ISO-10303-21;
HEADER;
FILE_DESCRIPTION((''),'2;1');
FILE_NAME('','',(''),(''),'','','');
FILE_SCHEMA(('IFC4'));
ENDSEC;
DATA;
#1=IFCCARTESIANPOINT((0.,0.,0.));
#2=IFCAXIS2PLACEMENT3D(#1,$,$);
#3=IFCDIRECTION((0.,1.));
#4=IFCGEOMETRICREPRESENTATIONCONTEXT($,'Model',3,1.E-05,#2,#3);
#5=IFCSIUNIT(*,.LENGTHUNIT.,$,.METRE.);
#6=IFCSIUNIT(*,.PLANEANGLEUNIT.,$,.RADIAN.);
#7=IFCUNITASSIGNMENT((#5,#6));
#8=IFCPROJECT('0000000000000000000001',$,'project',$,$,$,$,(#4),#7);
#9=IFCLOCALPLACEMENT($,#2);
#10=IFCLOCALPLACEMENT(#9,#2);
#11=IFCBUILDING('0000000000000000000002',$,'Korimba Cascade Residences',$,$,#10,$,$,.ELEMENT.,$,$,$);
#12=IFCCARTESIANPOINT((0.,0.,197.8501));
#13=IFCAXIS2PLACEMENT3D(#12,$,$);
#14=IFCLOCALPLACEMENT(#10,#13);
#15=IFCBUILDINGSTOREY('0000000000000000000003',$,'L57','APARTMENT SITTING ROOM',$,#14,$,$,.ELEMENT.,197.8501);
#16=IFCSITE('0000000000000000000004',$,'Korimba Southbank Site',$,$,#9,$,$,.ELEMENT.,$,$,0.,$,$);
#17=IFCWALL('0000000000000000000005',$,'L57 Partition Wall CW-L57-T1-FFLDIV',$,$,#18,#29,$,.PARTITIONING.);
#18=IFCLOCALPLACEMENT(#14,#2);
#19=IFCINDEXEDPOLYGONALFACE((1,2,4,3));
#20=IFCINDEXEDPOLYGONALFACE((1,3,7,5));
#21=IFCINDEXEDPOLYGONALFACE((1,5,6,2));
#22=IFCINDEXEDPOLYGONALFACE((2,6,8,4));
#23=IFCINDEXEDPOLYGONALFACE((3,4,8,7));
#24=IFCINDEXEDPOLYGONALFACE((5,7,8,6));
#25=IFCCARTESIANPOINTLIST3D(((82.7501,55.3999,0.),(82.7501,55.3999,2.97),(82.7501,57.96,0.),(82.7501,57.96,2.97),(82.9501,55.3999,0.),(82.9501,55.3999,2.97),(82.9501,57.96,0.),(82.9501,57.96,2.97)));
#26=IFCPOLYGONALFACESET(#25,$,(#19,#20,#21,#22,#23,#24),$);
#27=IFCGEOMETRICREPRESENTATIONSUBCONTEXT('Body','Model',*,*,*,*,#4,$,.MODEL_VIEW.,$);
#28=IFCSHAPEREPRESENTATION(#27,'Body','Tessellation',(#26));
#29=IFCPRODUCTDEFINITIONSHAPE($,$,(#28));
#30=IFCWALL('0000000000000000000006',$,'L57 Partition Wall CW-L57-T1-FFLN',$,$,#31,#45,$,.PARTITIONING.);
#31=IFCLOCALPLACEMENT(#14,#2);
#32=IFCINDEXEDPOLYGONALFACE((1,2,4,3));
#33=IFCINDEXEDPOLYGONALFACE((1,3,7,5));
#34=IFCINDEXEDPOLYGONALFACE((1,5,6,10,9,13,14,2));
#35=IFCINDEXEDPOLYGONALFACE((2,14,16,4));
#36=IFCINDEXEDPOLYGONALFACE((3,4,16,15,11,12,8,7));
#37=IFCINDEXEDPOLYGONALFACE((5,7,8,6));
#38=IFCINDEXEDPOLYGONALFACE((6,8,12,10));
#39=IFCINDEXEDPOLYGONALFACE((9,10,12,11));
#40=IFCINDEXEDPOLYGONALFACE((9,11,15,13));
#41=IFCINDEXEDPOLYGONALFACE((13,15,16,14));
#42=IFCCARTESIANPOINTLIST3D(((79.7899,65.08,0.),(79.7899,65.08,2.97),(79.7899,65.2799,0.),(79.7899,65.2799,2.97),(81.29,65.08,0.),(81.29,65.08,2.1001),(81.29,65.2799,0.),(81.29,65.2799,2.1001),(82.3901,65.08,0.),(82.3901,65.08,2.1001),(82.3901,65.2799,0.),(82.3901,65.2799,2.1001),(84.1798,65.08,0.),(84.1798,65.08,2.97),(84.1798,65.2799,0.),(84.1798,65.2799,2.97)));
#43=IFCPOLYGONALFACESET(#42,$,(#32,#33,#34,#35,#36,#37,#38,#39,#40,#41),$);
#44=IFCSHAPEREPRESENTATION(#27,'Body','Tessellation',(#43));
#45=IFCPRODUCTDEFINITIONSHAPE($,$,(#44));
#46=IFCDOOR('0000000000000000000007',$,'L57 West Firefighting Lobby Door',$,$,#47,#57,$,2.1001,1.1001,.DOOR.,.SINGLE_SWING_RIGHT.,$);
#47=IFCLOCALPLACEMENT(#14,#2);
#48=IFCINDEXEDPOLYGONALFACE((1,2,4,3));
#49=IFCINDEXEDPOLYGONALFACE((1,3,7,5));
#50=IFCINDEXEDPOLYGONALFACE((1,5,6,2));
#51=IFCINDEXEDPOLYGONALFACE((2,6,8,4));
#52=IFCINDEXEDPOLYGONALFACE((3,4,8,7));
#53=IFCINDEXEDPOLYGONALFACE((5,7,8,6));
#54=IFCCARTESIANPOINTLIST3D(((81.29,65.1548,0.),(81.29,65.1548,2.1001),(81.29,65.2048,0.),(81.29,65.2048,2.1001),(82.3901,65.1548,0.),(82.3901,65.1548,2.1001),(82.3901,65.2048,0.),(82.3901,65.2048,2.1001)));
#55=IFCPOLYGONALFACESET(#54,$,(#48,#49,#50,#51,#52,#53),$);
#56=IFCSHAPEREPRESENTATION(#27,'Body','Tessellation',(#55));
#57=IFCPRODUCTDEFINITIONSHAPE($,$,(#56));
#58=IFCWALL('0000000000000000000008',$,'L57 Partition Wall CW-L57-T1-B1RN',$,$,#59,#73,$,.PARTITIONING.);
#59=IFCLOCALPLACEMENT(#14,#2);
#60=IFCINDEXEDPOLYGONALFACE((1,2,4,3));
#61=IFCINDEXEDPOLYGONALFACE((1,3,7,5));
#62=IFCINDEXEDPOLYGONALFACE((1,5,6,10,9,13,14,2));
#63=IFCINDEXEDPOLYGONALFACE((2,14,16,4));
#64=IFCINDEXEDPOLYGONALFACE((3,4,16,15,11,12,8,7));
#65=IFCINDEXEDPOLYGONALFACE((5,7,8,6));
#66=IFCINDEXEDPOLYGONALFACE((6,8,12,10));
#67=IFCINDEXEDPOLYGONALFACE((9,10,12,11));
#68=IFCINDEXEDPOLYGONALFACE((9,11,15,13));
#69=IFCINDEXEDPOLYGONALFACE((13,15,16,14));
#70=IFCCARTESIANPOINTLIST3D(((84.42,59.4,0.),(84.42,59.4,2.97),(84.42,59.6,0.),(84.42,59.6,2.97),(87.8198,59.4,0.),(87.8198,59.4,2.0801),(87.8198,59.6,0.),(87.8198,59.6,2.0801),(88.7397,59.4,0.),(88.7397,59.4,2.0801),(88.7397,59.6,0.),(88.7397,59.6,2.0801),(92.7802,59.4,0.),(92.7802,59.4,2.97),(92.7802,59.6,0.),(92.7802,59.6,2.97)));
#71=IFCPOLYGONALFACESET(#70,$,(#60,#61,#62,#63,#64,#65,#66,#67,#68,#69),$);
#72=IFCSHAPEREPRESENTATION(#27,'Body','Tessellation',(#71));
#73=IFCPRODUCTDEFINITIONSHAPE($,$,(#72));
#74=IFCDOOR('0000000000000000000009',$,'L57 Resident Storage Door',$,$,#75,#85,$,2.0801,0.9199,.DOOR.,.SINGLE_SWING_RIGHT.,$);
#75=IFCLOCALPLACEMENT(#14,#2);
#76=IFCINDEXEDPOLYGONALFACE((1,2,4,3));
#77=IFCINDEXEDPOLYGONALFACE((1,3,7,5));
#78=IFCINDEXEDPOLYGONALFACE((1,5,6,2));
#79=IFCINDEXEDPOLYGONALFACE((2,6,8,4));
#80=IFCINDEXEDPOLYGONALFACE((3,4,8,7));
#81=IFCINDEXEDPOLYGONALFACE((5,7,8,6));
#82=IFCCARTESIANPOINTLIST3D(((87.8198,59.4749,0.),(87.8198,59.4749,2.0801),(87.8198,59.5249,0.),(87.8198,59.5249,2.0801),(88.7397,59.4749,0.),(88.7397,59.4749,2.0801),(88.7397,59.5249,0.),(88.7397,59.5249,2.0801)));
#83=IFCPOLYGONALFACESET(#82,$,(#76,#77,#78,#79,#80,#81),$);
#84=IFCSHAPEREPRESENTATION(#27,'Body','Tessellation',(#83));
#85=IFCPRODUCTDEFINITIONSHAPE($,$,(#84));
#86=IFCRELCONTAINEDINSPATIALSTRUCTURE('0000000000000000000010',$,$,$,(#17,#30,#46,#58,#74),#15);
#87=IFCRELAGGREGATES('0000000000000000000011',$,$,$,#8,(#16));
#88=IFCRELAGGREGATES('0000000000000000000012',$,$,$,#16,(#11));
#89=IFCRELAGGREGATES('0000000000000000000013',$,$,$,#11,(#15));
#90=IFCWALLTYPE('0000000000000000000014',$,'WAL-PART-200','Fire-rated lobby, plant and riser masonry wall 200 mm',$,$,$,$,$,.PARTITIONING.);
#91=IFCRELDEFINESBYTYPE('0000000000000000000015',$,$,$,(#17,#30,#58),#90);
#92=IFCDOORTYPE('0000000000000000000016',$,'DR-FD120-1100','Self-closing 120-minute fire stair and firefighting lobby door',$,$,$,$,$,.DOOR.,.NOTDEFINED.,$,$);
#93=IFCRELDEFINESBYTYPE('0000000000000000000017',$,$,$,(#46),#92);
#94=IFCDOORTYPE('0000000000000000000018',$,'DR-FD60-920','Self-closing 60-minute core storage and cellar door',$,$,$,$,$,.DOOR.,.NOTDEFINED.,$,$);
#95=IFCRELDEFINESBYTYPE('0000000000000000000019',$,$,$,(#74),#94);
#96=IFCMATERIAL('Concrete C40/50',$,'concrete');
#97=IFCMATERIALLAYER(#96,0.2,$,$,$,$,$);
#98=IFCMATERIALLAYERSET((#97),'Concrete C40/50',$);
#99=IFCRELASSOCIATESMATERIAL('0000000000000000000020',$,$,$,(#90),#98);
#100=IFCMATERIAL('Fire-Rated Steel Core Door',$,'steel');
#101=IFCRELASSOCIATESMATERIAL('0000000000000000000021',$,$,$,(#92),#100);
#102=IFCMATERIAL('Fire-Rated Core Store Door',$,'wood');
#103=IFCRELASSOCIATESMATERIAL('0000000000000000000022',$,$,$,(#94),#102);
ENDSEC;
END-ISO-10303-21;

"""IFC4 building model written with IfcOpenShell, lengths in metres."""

from ifc_helpers import new_model, si_unit, direction, frame, frame_2d, origin, place, context, subcontext, project, spatial, rectangle, extrude, material, layer, layer_set, type_object, element, fill, save


model = new_model("IFC4")

# Units and contexts
model_context = context("Model", 3, precision=1e-05, world=origin(), true_north=direction((0.0, 1.0)))
body_context = subcontext(model_context, "Body", "Model", "MODEL_VIEW")
ifc_project = project(units=[si_unit("LENGTHUNIT", "METRE"), si_unit("PLANEANGLEUNIT", "RADIAN")], contexts=[model_context])

# Site, building, storey
site_placement = place(None, origin())
site = spatial("IfcSite", under=ifc_project, at=site_placement, Name="Korimba Southbank Site", CompositionType="ELEMENT", RefElevation=0.0)
building_placement = place(site_placement, origin())
building = spatial("IfcBuilding", under=site, at=building_placement, Name="Korimba Cascade Residences", CompositionType="ELEMENT")
storey_placement = place(building_placement, frame((0.0, 0.0, 197.8501)))
storey = spatial("IfcBuildingStorey", under=building, at=storey_placement, Name="L57", Description="APARTMENT SITTING ROOM", CompositionType="ELEMENT", Elevation=197.8501)

# Wall
ifc_material_1 = material(Name="Concrete C40/50", Category="concrete")
ifc_layer_1 = layer(ifc_material_1, 0.2)
ifc_layer_set_1 = layer_set([ifc_layer_1], Name="Concrete C40/50")
wall_type_1 = type_object("IfcWallType", Name="WAL-PART-200", Description="Fire-rated lobby, plant and riser masonry wall 200 mm", PredefinedType="PARTITIONING", material=ifc_layer_set_1)
wall_1_placement = place(storey_placement, frame((82.8501, 55.3999, 0.0), z_axis=(0.0, 0.0, 1.0), x_axis=(0.0, 1.0, 0.0)))
element("IfcWall", 1, at=wall_1_placement, inside=storey, type_object=wall_type_1, Name="L57 Partition Wall CW-L57-T1-FFLDIV", PredefinedType="PARTITIONING", context=body_context, shape_type="SweptSolid", body=[
    extrude(rectangle(XDim=2.5601, YDim=0.2, at=frame_2d((1.28, 0.0))), origin(), (0.0, 0.0, 1.0), 2.97),
])

# Walls, openings, doors
wall_2_placement = place(storey_placement, frame((79.79, 65.1799, 0.0), z_axis=(0.0, 0.0, 1.0), x_axis=(1.0, 0.0, 0.0)))
wall_2 = element("IfcWall", 2, at=wall_2_placement, inside=storey, type_object=wall_type_1, Name="L57 Partition Wall CW-L57-T1-FFLN", PredefinedType="PARTITIONING", context=body_context, shape_type="SweptSolid", body=[
    extrude(rectangle(XDim=4.3899, YDim=0.2, at=frame_2d((2.1948, 0.0))), origin(), (0.0, 0.0, 1.0), 2.97),
])
opening_1_placement = place(wall_2_placement, frame((1.5, 0.0, 0.0)))
opening_1 = element("IfcOpeningElement", 3, at=opening_1_placement, cuts=wall_2, PredefinedType="OPENING", context=body_context, shape_type="SweptSolid", body=[
    extrude(rectangle(XDim=1.1001, YDim=2.1001, at=frame_2d((0.55, 1.05))), frame((0.0, 0.1099, 0.0), z_axis=(0.0, -1.0, 0.0), x_axis=(1.0, 0.0, 0.0)), (0.0, 0.0, 1.0), 0.22),
])
ifc_material_2 = material(Name="Fire-Rated Steel Core Door", Category="steel")
door_type_1 = type_object("IfcDoorType", Name="DR-FD120-1100", Description="Self-closing 120-minute fire stair and firefighting lobby door", OperationType="NOTDEFINED", PredefinedType="DOOR", material=ifc_material_2)
door_1_placement = place(opening_1_placement, origin())
door_1 = element("IfcDoor", 4, at=door_1_placement, inside=storey, type_object=door_type_1, Name="L57 West Firefighting Lobby Door", OperationType="SINGLE_SWING_RIGHT", OverallHeight=2.1001, OverallWidth=1.1001, PredefinedType="DOOR", context=body_context, shape_type="SweptSolid", body=[
    extrude(rectangle(XDim=1.1001, YDim=2.1001, at=frame_2d((0.55, 1.05))), frame((0.0, 0.0249, 0.0), z_axis=(0.0, -1.0, 0.0), x_axis=(1.0, 0.0, 0.0)), (0.0, 0.0, 1.0), 0.05),
])
fill(opening_1, door_1)
wall_3_placement = place(storey_placement, frame((84.4199, 59.5, 0.0), z_axis=(0.0, 0.0, 1.0), x_axis=(1.0, 0.0, 0.0)))
wall_3 = element("IfcWall", 5, at=wall_3_placement, inside=storey, type_object=wall_type_1, Name="L57 Partition Wall CW-L57-T1-B1RN", PredefinedType="PARTITIONING", context=body_context, shape_type="SweptSolid", body=[
    extrude(rectangle(XDim=8.3601, YDim=0.2, at=frame_2d((4.1802, 0.0))), origin(), (0.0, 0.0, 1.0), 2.97),
])
opening_2_placement = place(wall_3_placement, frame((3.3999, 0.0, 0.0)))
opening_2 = element("IfcOpeningElement", 6, at=opening_2_placement, cuts=wall_3, PredefinedType="OPENING", context=body_context, shape_type="SweptSolid", body=[
    extrude(rectangle(XDim=0.9199, YDim=2.0801, at=frame_2d((0.46, 1.04))), frame((0.0, 0.1099, 0.0), z_axis=(0.0, -1.0, 0.0), x_axis=(1.0, 0.0, 0.0)), (0.0, 0.0, 1.0), 0.22),
])
ifc_material_3 = material(Name="Fire-Rated Core Store Door", Category="wood")
door_type_2 = type_object("IfcDoorType", Name="DR-FD60-920", Description="Self-closing 60-minute core storage and cellar door", OperationType="NOTDEFINED", PredefinedType="DOOR", material=ifc_material_3)
door_2_placement = place(opening_2_placement, origin())
door_2 = element("IfcDoor", 7, at=door_2_placement, inside=storey, type_object=door_type_2, Name="L57 Resident Storage Door", OperationType="SINGLE_SWING_RIGHT", OverallHeight=2.0801, OverallWidth=0.9199, PredefinedType="DOOR", context=body_context, shape_type="SweptSolid", body=[
    extrude(rectangle(XDim=0.9199, YDim=2.0801, at=frame_2d((0.46, 1.04))), frame((0.0, 0.0249, 0.0), z_axis=(0.0, -1.0, 0.0), x_axis=(1.0, 0.0, 0.0)), (0.0, 0.0, 1.0), 0.05),
])
fill(opening_2, door_2)

save(model, "model.ifc")
